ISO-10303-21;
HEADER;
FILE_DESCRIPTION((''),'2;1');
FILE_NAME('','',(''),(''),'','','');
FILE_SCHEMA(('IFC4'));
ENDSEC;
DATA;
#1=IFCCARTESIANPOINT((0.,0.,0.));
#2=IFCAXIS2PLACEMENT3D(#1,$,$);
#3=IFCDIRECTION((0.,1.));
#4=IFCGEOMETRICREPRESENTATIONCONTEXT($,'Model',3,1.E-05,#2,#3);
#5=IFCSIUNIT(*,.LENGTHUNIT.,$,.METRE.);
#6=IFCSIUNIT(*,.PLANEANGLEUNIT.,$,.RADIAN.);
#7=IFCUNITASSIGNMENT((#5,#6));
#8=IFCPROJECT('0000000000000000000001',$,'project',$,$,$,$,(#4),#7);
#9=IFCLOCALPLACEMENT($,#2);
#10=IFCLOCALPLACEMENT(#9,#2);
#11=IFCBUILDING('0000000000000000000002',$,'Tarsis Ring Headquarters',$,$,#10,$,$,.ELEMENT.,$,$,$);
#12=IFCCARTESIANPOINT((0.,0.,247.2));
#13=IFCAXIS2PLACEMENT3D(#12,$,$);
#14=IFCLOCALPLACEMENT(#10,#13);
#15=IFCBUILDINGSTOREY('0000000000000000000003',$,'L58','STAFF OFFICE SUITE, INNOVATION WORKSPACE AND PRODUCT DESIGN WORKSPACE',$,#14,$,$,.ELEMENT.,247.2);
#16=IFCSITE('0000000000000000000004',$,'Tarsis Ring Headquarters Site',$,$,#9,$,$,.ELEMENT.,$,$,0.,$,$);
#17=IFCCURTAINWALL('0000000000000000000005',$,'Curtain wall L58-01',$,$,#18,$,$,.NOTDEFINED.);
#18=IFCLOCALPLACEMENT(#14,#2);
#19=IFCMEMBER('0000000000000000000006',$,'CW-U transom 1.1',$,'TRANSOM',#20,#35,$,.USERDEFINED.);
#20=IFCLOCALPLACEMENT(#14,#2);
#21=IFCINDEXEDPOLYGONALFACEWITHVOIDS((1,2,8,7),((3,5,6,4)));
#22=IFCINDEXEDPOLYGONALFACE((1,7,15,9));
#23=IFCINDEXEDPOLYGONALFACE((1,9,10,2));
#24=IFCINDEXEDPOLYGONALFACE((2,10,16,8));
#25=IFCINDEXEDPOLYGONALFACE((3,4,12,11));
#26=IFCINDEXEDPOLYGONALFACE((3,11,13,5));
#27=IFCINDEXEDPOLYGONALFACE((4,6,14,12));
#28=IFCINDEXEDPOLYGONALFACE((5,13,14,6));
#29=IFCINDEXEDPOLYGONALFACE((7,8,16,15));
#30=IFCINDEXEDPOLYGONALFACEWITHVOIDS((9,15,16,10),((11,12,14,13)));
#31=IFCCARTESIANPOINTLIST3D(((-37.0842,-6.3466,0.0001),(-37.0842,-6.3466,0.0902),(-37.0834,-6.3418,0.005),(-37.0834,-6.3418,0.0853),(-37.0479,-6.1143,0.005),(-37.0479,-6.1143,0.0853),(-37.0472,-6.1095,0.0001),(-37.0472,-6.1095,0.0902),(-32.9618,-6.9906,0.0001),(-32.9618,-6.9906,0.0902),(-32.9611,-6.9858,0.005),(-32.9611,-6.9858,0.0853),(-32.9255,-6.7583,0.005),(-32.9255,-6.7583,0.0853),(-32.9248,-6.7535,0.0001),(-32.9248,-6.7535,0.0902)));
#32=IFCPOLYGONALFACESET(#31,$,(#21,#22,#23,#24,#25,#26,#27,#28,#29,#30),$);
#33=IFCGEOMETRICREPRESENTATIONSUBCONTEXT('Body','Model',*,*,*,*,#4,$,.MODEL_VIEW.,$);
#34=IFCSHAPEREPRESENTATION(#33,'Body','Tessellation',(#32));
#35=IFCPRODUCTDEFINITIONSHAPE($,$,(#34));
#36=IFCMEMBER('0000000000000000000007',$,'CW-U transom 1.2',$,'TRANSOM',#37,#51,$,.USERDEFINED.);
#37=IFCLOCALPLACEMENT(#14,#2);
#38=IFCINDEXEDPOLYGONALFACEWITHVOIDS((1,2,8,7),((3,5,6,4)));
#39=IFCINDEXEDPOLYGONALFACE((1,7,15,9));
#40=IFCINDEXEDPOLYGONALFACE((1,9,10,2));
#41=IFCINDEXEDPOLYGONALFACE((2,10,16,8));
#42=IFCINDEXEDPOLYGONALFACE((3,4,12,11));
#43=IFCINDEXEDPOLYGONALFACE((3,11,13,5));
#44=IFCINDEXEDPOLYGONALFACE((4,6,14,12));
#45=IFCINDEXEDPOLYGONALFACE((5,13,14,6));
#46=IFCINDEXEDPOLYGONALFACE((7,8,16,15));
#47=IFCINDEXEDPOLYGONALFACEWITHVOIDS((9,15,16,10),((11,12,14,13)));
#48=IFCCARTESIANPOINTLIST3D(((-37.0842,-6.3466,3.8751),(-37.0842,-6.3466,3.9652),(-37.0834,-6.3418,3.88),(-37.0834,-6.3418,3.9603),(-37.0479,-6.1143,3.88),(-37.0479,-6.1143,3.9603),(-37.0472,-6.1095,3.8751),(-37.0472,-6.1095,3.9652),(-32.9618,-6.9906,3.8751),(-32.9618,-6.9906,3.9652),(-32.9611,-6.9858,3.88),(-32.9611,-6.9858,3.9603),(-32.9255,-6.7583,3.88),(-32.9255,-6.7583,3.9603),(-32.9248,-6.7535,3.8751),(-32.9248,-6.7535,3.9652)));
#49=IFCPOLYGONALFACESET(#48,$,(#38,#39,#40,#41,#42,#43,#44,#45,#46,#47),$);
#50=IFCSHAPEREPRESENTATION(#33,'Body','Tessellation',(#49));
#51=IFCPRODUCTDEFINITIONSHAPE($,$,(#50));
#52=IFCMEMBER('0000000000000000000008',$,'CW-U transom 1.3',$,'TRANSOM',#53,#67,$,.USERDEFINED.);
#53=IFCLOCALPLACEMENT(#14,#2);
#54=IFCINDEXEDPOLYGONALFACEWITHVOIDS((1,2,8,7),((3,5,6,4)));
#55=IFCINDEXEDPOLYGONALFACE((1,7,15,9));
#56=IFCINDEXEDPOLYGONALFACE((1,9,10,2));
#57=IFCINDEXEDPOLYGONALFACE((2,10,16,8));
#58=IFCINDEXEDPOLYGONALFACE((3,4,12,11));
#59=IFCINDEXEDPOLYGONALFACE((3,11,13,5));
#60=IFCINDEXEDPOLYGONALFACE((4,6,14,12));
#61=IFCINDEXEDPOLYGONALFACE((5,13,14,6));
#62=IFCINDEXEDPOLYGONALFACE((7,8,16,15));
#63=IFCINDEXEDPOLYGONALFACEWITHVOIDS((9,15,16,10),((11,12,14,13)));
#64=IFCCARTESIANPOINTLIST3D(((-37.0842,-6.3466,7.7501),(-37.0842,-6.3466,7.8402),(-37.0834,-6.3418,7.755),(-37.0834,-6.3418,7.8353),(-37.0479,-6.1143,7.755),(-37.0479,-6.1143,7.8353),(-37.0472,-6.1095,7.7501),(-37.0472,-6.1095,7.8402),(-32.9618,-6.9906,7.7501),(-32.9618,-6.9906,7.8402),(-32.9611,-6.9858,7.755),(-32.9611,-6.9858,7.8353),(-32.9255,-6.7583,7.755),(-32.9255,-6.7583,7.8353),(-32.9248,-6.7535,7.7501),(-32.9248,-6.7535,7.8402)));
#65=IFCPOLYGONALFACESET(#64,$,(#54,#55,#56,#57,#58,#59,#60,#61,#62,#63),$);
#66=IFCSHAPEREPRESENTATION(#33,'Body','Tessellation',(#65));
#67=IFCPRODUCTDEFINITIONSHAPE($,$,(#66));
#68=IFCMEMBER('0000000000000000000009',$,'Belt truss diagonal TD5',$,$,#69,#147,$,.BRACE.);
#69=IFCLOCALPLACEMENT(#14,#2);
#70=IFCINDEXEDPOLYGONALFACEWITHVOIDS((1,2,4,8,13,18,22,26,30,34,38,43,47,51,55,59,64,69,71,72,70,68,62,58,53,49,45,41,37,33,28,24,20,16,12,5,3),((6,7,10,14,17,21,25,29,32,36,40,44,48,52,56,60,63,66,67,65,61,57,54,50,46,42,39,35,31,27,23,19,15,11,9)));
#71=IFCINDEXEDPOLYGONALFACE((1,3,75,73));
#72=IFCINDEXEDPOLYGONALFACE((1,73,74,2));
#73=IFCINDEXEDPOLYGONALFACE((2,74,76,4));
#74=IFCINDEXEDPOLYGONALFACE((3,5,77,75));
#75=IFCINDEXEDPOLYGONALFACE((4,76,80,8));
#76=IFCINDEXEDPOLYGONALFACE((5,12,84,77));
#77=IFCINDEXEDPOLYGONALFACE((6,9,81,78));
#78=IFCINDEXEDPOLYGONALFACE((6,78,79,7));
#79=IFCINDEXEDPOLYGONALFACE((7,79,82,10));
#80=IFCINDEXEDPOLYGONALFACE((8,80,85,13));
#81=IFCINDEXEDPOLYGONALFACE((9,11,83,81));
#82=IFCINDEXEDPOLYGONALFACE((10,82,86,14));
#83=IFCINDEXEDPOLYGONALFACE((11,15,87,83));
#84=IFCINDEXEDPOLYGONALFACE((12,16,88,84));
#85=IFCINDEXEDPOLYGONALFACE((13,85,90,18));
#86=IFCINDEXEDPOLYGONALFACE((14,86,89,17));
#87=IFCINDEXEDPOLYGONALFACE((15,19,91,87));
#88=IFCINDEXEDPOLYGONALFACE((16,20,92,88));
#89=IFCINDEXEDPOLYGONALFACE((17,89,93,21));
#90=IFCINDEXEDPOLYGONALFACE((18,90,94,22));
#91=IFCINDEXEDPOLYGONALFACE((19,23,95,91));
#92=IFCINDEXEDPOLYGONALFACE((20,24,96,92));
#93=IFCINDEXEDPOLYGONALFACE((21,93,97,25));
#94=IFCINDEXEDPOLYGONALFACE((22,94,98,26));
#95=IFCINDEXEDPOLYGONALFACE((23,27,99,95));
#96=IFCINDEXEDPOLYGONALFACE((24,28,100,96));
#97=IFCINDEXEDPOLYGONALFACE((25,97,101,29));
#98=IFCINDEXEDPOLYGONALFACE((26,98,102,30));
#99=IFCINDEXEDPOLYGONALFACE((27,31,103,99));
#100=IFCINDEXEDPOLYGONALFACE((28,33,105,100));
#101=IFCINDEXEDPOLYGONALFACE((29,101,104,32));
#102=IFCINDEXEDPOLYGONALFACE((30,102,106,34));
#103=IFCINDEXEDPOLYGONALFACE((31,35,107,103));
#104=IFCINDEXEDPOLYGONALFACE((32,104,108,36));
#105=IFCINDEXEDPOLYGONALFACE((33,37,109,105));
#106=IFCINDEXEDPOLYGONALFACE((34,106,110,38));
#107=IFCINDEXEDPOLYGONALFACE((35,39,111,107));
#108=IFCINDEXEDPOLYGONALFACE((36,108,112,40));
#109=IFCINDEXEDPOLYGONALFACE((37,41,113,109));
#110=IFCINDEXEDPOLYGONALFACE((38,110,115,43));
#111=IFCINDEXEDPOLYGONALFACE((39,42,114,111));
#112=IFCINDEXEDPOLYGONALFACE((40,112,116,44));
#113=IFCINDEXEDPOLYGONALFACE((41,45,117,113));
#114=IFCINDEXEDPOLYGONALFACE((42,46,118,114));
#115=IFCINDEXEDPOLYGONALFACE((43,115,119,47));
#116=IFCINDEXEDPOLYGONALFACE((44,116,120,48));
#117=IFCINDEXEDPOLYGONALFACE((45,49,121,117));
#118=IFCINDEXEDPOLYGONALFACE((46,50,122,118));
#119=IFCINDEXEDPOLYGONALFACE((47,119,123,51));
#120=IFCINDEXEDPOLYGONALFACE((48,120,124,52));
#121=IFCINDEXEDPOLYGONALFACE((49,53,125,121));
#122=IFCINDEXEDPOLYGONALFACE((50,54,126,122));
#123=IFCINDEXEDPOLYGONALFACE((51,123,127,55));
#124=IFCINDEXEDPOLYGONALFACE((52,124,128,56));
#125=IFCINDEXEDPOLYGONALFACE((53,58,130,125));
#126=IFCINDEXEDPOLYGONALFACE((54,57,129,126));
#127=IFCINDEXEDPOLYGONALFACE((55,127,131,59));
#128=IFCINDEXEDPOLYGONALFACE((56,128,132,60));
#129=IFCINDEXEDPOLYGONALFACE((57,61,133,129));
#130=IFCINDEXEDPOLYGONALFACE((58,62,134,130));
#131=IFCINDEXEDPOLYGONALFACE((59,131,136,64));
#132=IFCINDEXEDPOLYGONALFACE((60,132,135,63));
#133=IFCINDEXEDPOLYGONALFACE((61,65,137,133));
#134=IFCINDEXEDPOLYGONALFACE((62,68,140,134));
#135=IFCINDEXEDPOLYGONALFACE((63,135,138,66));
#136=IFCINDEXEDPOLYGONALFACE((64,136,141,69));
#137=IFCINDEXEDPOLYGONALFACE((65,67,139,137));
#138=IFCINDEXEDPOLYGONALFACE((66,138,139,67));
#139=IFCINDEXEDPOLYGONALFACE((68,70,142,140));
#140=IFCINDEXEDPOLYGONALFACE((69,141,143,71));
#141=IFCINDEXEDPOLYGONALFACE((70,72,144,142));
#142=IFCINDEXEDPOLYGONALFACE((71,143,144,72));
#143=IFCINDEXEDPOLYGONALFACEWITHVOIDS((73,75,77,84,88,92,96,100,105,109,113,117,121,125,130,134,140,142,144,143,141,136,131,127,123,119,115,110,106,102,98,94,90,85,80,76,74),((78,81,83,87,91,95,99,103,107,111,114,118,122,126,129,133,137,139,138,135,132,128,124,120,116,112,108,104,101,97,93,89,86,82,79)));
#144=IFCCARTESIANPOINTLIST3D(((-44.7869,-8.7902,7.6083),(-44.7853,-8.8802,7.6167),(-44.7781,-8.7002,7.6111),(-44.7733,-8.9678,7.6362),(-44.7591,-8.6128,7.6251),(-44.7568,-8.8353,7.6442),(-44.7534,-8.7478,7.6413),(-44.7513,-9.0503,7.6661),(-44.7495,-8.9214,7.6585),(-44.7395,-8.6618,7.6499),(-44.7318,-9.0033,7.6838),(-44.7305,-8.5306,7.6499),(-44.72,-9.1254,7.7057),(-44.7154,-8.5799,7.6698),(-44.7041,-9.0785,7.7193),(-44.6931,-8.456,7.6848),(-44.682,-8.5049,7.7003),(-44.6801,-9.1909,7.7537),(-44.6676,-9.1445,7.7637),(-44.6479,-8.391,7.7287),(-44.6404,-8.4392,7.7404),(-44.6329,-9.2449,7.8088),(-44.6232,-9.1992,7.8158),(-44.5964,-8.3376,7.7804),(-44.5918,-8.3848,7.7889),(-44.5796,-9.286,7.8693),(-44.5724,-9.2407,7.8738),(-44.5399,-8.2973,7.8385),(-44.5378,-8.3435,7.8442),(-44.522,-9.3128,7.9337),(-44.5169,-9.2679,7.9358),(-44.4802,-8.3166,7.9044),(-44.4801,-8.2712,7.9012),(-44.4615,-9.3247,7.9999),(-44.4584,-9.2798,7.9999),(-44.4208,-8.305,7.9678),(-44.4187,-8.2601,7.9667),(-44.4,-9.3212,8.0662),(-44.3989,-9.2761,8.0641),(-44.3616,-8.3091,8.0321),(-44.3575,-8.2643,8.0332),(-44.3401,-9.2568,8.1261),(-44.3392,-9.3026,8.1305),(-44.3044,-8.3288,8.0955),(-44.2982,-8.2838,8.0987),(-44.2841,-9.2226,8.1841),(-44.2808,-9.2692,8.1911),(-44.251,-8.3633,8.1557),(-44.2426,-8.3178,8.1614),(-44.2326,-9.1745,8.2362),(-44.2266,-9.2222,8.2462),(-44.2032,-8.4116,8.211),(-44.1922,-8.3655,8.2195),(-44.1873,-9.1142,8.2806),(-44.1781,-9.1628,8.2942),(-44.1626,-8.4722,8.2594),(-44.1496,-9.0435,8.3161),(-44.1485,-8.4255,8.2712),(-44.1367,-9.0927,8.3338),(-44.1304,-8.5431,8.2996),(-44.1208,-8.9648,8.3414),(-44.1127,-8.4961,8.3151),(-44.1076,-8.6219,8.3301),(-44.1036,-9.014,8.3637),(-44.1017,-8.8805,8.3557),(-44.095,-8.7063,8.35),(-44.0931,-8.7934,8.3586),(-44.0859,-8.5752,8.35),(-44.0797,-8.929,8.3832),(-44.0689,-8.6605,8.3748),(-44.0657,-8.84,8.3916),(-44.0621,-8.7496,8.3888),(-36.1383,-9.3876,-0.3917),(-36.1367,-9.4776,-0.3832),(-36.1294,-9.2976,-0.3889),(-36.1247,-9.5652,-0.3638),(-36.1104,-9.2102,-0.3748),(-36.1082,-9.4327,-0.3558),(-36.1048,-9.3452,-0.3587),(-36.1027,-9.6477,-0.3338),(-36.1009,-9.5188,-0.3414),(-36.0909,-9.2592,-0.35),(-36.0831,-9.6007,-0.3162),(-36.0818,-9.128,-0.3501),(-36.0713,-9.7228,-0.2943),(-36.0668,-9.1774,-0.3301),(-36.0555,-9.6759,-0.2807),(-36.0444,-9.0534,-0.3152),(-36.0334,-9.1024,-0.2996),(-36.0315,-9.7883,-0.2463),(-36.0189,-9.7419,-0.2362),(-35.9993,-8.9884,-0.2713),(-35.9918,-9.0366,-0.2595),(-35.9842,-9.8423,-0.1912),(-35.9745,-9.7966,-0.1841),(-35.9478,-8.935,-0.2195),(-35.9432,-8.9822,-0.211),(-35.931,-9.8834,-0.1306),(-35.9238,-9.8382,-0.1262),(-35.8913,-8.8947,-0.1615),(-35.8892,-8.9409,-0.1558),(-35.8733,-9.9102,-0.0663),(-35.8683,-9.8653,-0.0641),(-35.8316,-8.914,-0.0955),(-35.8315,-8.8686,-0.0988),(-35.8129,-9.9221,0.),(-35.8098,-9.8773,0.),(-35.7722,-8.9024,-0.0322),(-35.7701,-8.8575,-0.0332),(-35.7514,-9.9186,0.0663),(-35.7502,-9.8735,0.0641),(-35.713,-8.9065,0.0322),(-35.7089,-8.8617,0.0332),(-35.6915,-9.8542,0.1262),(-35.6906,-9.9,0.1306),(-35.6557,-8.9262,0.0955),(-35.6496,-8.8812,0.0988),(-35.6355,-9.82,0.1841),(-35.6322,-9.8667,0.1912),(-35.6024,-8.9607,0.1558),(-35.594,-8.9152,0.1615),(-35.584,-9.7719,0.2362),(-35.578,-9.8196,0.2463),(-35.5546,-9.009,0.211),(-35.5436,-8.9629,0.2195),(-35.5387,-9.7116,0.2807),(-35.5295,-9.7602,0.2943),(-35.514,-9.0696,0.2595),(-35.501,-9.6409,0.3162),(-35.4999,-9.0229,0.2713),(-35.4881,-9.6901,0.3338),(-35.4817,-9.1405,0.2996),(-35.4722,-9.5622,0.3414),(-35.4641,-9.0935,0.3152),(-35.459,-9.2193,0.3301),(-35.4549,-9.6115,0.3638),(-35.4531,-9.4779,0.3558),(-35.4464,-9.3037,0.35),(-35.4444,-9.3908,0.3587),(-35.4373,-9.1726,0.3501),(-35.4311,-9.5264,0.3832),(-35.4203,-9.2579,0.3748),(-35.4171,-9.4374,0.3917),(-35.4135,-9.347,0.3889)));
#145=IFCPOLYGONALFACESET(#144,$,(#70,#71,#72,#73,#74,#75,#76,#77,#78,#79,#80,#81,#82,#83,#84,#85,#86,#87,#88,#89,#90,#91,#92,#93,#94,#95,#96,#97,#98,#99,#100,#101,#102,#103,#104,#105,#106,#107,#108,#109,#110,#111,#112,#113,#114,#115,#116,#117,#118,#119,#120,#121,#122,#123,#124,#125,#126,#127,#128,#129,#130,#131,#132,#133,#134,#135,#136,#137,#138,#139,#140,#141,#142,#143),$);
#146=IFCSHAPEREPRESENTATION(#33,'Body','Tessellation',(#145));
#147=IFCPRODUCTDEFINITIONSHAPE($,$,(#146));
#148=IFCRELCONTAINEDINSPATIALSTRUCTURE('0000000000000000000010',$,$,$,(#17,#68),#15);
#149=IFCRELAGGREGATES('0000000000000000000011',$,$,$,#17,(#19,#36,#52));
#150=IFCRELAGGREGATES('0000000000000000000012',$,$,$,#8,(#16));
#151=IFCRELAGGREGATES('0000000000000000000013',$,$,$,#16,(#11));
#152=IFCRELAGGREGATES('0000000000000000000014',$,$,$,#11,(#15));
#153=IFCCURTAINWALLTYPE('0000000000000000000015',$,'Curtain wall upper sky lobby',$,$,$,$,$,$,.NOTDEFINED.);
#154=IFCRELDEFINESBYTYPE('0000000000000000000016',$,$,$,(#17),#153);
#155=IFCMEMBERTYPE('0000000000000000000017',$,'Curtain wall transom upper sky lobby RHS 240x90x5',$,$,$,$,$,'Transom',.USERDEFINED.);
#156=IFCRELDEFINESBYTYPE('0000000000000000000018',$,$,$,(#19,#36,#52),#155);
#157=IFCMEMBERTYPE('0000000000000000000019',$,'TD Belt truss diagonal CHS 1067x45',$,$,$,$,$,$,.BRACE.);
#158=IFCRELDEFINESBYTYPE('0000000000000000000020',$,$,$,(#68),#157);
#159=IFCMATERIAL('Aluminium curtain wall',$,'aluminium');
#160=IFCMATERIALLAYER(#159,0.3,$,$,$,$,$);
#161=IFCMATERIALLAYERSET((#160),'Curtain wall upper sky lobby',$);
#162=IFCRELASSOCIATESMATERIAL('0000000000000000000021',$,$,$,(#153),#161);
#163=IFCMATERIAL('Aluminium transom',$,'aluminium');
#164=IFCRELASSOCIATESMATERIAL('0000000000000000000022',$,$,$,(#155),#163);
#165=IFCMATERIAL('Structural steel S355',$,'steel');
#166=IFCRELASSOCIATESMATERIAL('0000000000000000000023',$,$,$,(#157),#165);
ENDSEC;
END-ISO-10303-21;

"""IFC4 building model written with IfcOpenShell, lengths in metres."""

from ifc_helpers import new_model, si_unit, direction, frame, origin, origin_2d, place, context, subcontext, project, spatial, hollow_rectangle, hollow_circle, extrude, material, layer, layer_set, material_profile, profile_set, type_object, element, aggregate, save


model = new_model("IFC4")

# Units and contexts
model_context = context("Model", 3, precision=1e-05, world=origin(), true_north=direction((0.0, 1.0)))
body_context = subcontext(model_context, "Body", "Model", "MODEL_VIEW")
ifc_project = project(units=[si_unit("LENGTHUNIT", "METRE"), si_unit("PLANEANGLEUNIT", "RADIAN")], contexts=[model_context])

# Site, building, storey
site_placement = place(None, origin())
site = spatial("IfcSite", under=ifc_project, at=site_placement, Name="Tarsis Ring Headquarters Site", CompositionType="ELEMENT", RefElevation=0.0)
building_placement = place(site_placement, origin())
building = spatial("IfcBuilding", under=site, at=building_placement, Name="Tarsis Ring Headquarters", CompositionType="ELEMENT")
storey_placement = place(building_placement, frame((0.0, 0.0, 247.2)))
storey = spatial("IfcBuildingStorey", under=building, at=storey_placement, Name="L58", Description="STAFF OFFICE SUITE, INNOVATION WORKSPACE AND PRODUCT DESIGN WORKSPACE", CompositionType="ELEMENT", Elevation=247.2)

# Shared definitions
ifc_material_1 = material(Name="Structural steel S355", Category="steel")
ifc_material_profile_1 = material_profile(ifc_material_1, hollow_circle(Radius=0.5334, WallThickness=0.0449, at=origin_2d()), Name="CHS 1067x45")
ifc_profile_set_1 = profile_set([ifc_material_profile_1], Name="Structural steel S355")

# Curtain wall, members
ifc_material_2 = material(Name="Aluminium curtain wall", Category="aluminium")
ifc_layer_1 = layer(ifc_material_2, 0.3)
ifc_layer_set_1 = layer_set([ifc_layer_1], Name="Curtain wall upper sky lobby")
curtain_wall_type = type_object("IfcCurtainWallType", Name="Curtain wall upper sky lobby", PredefinedType="NOTDEFINED", material=ifc_layer_set_1)
curtain_wall_placement = place(storey_placement, origin())
curtain_wall = element("IfcCurtainWall", 1, at=curtain_wall_placement, inside=storey, type_object=curtain_wall_type, Name="Curtain wall L58-01", PredefinedType="NOTDEFINED")
ifc_material_3 = material(Name="Aluminium transom", Category="aluminium")
ifc_material_profile_2 = material_profile(ifc_material_3, hollow_rectangle(XDim=0.24, YDim=0.0901, WallThickness=0.0049, at=origin_2d()), Name="RHS 240x90x5")
ifc_profile_set_2 = profile_set([ifc_material_profile_2], Name="Aluminium transom")
member_type_1 = type_object("IfcMemberType", Name="Curtain wall transom upper sky lobby RHS 240x90x5", ElementType="Transom", PredefinedType="USERDEFINED", material=ifc_profile_set_2)
member_1_placement = place(storey_placement, frame((-37.0657, -6.228, 0.0452), z_axis=(0.988015, -0.154361, 0.0), x_axis=(0.154361, 0.988015, 0.0)))
member_1 = element("IfcMember", 2, at=member_1_placement, type_object=member_type_1, Name="CW-U transom 1.1", ObjectType="TRANSOM", PredefinedType="USERDEFINED", context=body_context, shape_type="SweptSolid", body=[
    extrude(hollow_rectangle(XDim=0.24, YDim=0.0901, WallThickness=0.0049, at=origin_2d()), origin(), (0.0, 0.0, 1.0), 4.1724),
])
member_2_placement = place(storey_placement, frame((-37.0657, -6.228, 3.9202), z_axis=(0.988015, -0.154361, 0.0), x_axis=(0.154361, 0.988015, 0.0)))
member_2 = element("IfcMember", 3, at=member_2_placement, type_object=member_type_1, Name="CW-U transom 1.2", ObjectType="TRANSOM", PredefinedType="USERDEFINED", context=body_context, shape_type="SweptSolid", body=[
    extrude(hollow_rectangle(XDim=0.24, YDim=0.0901, WallThickness=0.0049, at=origin_2d()), origin(), (0.0, 0.0, 1.0), 4.1724),
])
member_3_placement = place(storey_placement, frame((-37.0657, -6.228, 7.7952), z_axis=(0.988015, -0.154361, 0.0), x_axis=(0.154361, 0.988015, 0.0)))
member_3 = element("IfcMember", 4, at=member_3_placement, type_object=member_type_1, Name="CW-U transom 1.3", ObjectType="TRANSOM", PredefinedType="USERDEFINED", context=body_context, shape_type="SweptSolid", body=[
    extrude(hollow_rectangle(XDim=0.24, YDim=0.0901, WallThickness=0.0049, at=origin_2d()), origin(), (0.0, 0.0, 1.0), 4.1724),
])
aggregate(curtain_wall, [member_1, member_2, member_3])

# Member
member_type_2 = type_object("IfcMemberType", Name="TD Belt truss diagonal CHS 1067x45", PredefinedType="BRACE", material=ifc_profile_set_1)
member_4_placement = place(storey_placement, frame((-35.7761, -9.3899, 0.0), z_axis=(-0.733159, 0.050643, 0.678169), x_axis=(-0.068911, -0.997623, 0.0)))
element("IfcMember", 5, at=member_4_placement, inside=storey, type_object=member_type_2, Name="Belt truss diagonal TD5", PredefinedType="BRACE", context=body_context, shape_type="SweptSolid", body=[
    extrude(hollow_circle(Radius=0.5334, WallThickness=0.0449, at=origin_2d()), origin(), (0.0, 0.0, 1.0), 11.7964),
])

save(model, "model.ifc")
